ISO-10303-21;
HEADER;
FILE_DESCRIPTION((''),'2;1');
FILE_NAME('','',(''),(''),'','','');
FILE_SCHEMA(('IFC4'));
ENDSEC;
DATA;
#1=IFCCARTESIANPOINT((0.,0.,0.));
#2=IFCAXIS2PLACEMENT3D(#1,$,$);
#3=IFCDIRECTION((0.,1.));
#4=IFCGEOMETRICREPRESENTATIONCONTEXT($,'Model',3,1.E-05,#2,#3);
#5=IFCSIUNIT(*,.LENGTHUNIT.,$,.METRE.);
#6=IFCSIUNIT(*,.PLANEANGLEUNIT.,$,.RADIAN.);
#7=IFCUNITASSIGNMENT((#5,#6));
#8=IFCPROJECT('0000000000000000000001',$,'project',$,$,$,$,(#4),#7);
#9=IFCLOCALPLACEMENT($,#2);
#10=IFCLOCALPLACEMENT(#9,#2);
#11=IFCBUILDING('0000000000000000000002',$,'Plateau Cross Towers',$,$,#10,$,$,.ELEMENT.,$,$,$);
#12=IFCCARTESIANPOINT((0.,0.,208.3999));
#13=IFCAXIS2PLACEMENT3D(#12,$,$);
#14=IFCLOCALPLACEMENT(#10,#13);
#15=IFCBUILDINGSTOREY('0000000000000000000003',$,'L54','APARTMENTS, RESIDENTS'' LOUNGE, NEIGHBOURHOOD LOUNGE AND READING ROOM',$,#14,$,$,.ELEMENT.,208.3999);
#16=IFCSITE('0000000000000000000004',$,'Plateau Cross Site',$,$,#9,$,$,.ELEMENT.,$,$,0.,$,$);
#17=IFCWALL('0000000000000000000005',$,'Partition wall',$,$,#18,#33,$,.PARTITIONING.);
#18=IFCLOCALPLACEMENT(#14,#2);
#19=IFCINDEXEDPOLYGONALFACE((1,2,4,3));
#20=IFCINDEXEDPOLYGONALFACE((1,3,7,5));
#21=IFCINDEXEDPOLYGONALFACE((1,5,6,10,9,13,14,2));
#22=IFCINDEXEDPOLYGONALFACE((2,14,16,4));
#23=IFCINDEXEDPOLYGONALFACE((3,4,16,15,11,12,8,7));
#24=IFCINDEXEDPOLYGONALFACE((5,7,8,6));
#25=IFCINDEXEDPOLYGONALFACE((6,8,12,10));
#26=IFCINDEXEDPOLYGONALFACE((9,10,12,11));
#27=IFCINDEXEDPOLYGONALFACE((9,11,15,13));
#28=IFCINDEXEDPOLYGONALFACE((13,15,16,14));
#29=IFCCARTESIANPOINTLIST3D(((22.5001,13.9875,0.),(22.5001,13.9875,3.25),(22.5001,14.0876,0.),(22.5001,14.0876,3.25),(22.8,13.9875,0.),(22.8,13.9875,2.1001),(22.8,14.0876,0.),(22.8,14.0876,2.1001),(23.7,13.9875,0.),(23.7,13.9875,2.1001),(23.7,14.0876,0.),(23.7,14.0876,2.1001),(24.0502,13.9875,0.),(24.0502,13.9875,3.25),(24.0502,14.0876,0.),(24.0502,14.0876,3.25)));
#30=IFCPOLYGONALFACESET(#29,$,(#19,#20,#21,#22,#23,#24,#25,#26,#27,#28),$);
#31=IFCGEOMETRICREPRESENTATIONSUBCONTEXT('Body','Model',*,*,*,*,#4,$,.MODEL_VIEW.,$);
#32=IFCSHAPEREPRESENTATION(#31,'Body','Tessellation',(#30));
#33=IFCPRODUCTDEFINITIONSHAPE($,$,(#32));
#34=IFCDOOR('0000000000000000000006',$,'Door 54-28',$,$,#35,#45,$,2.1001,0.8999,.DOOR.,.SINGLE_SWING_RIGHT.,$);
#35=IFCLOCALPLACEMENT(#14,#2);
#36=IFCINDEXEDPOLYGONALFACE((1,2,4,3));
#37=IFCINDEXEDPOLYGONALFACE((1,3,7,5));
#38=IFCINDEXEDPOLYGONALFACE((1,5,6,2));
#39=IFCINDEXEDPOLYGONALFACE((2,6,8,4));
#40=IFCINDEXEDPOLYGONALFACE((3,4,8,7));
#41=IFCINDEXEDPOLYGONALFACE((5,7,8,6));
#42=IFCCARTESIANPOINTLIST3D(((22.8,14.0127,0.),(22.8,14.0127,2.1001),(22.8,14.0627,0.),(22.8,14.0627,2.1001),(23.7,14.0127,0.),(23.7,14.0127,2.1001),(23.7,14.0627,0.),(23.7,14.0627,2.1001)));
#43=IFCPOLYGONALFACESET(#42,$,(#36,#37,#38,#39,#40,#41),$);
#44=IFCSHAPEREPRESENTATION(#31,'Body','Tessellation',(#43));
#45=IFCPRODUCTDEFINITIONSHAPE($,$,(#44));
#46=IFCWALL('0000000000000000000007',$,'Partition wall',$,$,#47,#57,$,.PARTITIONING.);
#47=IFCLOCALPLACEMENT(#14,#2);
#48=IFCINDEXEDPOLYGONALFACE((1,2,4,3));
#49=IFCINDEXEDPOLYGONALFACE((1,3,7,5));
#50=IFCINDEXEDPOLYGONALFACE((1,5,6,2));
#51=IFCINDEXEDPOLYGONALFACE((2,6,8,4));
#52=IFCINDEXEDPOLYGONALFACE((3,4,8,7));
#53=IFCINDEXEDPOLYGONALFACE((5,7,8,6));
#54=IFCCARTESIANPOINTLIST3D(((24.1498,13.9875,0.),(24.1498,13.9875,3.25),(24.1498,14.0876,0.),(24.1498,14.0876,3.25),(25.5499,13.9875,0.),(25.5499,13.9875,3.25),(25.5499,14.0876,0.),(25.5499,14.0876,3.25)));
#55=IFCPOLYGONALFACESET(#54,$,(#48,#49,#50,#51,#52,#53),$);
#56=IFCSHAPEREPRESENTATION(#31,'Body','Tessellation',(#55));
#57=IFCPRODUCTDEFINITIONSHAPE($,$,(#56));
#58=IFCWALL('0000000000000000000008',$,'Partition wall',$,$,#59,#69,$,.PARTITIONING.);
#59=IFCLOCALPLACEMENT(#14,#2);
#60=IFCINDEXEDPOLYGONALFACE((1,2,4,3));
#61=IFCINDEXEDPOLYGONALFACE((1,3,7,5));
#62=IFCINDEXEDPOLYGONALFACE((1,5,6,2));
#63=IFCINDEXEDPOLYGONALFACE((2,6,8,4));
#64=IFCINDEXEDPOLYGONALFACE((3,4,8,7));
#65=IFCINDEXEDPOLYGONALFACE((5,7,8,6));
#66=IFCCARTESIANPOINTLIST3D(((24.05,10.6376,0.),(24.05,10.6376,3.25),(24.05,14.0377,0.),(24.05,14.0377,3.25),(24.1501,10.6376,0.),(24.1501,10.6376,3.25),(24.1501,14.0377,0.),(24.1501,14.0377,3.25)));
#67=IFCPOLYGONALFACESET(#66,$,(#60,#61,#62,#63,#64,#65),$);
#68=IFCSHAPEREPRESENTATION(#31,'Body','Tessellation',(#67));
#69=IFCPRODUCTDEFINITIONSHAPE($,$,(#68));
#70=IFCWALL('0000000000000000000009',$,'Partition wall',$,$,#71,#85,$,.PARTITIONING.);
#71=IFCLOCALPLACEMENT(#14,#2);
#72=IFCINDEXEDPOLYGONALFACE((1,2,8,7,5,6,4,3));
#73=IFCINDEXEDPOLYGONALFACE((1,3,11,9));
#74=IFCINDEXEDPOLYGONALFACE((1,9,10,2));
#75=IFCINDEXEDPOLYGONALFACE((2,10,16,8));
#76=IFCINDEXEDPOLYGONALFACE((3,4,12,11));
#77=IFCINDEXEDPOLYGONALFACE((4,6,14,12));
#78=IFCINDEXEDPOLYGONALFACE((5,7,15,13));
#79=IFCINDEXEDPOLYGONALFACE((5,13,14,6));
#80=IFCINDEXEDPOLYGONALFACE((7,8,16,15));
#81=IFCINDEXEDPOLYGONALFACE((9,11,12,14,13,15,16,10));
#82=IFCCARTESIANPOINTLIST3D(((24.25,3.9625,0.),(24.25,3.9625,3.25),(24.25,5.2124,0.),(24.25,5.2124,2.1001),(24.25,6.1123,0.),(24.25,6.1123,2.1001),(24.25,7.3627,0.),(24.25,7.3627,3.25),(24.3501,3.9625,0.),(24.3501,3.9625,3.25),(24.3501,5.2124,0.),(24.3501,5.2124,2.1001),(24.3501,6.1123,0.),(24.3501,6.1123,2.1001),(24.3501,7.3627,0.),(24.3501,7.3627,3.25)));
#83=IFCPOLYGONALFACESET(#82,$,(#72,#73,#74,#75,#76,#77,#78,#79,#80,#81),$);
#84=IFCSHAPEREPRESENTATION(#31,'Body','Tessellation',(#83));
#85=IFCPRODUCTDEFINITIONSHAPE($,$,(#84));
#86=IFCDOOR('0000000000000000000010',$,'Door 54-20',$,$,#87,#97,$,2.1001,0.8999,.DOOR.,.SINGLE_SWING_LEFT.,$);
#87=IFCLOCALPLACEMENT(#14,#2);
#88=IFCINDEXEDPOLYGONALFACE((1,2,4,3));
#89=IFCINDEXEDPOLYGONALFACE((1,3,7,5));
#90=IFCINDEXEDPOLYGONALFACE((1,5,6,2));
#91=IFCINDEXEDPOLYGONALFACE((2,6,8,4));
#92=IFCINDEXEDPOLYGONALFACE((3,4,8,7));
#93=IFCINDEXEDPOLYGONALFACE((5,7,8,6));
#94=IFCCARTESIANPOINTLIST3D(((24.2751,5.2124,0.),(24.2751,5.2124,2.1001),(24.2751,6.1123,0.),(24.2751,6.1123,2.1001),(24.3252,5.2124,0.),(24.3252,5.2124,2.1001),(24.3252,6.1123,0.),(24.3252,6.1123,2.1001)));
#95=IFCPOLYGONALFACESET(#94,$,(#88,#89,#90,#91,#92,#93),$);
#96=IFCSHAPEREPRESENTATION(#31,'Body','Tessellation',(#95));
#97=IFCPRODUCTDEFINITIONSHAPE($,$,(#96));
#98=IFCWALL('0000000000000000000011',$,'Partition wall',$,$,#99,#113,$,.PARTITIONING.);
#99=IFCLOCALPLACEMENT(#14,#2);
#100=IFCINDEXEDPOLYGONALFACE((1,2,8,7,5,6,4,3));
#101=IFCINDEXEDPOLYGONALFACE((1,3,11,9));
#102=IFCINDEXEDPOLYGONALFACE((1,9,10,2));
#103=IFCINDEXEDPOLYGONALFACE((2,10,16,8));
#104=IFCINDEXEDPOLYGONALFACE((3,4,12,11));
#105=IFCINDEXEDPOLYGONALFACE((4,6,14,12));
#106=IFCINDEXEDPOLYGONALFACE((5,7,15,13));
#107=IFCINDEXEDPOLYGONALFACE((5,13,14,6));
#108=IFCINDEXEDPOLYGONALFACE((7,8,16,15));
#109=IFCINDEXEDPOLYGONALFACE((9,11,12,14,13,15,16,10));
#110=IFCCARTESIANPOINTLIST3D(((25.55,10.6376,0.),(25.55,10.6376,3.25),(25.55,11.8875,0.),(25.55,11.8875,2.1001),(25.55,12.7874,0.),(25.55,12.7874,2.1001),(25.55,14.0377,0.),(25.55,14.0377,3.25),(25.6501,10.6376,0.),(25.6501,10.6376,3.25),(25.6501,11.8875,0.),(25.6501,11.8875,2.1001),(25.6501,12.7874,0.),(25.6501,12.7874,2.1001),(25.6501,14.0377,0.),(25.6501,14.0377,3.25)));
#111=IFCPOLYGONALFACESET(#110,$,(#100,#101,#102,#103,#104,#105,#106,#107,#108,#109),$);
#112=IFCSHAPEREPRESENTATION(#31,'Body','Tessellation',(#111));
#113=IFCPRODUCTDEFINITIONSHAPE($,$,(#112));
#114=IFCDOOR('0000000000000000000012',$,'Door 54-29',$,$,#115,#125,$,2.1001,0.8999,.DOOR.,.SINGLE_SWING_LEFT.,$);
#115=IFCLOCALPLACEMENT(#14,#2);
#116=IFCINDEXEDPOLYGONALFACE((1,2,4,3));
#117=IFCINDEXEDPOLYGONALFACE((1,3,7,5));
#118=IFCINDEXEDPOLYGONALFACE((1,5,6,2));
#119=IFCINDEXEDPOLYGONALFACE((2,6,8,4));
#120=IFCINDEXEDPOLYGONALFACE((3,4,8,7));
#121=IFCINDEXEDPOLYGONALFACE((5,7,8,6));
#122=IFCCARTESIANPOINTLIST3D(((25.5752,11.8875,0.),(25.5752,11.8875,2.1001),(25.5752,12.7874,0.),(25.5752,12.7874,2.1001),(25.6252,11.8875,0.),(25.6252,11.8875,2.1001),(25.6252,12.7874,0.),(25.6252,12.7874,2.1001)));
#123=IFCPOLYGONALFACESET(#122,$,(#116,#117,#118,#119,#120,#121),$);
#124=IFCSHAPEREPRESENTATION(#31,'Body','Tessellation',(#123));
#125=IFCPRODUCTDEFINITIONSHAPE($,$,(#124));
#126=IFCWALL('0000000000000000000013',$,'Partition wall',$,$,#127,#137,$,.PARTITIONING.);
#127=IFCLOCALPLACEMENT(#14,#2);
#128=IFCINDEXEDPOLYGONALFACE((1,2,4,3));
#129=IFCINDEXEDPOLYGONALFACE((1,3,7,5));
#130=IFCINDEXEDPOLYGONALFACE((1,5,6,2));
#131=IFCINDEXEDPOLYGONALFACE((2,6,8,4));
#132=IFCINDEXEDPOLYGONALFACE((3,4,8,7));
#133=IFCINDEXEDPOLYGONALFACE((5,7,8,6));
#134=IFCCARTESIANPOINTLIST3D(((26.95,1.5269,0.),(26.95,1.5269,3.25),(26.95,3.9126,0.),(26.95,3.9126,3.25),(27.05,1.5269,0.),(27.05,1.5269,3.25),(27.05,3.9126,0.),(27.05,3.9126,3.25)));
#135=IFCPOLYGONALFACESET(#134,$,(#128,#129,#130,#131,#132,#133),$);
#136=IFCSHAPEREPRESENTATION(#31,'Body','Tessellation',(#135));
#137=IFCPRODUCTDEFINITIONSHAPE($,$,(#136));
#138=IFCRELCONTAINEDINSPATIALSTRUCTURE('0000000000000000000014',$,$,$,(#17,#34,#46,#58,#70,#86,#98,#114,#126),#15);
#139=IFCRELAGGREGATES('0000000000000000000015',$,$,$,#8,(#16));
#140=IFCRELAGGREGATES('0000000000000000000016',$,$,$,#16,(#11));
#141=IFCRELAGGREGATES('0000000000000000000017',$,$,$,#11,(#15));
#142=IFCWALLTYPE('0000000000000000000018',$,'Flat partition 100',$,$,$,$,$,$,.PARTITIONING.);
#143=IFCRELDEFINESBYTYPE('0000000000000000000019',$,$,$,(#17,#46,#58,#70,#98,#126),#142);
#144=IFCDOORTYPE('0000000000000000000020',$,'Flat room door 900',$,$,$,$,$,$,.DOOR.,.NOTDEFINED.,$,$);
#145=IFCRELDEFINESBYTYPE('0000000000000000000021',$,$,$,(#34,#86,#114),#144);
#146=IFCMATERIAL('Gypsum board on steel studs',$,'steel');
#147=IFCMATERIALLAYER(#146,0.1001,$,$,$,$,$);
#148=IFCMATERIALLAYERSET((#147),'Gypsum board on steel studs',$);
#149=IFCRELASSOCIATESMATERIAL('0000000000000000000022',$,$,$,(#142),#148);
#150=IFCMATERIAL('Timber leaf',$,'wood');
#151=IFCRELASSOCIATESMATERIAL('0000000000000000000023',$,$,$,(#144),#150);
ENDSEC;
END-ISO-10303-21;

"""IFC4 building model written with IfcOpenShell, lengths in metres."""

from ifc_helpers import new_model, si_unit, direction, frame, frame_2d, origin, place, context, subcontext, project, spatial, rectangle, extrude, material, layer, layer_set, type_object, element, fill, save


model = new_model("IFC4")

# Units and contexts
model_context = context("Model", 3, precision=1e-05, world=origin(), true_north=direction((0.0, 1.0)))
body_context = subcontext(model_context, "Body", "Model", "MODEL_VIEW")
ifc_project = project(units=[si_unit("LENGTHUNIT", "METRE"), si_unit("PLANEANGLEUNIT", "RADIAN")], contexts=[model_context])

# Site, building, storey
site_placement = place(None, origin())
site = spatial("IfcSite", under=ifc_project, at=site_placement, Name="Plateau Cross Site", CompositionType="ELEMENT", RefElevation=0.0)
building_placement = place(site_placement, origin())
building = spatial("IfcBuilding", under=site, at=building_placement, Name="Plateau Cross Towers", CompositionType="ELEMENT")
storey_placement = place(building_placement, frame((0.0, 0.0, 208.3999)))
storey = spatial("IfcBuildingStorey", under=building, at=storey_placement, Name="L54", Description="APARTMENTS, RESIDENTS' LOUNGE, NEIGHBOURHOOD LOUNGE AND READING ROOM", CompositionType="ELEMENT", Elevation=208.3999)

# Shared definitions
ifc_material_1 = material(Name="Gypsum board on steel studs", Category="steel")
ifc_layer_1 = layer(ifc_material_1, 0.1001)
ifc_layer_set_1 = layer_set([ifc_layer_1], Name="Gypsum board on steel studs")
wall_type_1 = type_object("IfcWallType", Name="Flat partition 100", PredefinedType="PARTITIONING", material=ifc_layer_set_1)

# Wall, opening, door
wall_1_placement = place(storey_placement, frame((24.05, 14.0376, 0.0), z_axis=(0.0, 0.0, 1.0), x_axis=(-1.0, 0.0, 0.0)))
wall_1 = element("IfcWall", 1, at=wall_1_placement, inside=storey, type_object=wall_type_1, Name="Partition wall", PredefinedType="PARTITIONING", context=body_context, shape_type="SweptSolid", body=[
    extrude(rectangle(XDim=1.55, YDim=0.1001, at=frame_2d((0.7749, 0.0))), origin(), (0.0, 0.0, 1.0), 3.25),
])
opening_1_placement = place(wall_1_placement, frame((0.3501, 0.0, 0.0)))
opening_1 = element("IfcOpeningElement", 2, at=opening_1_placement, cuts=wall_1, PredefinedType="OPENING", context=body_context, shape_type="SweptSolid", body=[
    extrude(rectangle(XDim=0.8999, YDim=2.1001, at=frame_2d((0.45, 1.05))), frame((0.0, 0.0601, 0.0), z_axis=(0.0, -1.0, 0.0), x_axis=(1.0, 0.0, 0.0)), (0.0, 0.0, 1.0), 0.1201),
])
ifc_material_2 = material(Name="Timber leaf", Category="wood")
door_type_1 = type_object("IfcDoorType", Name="Flat room door 900", OperationType="NOTDEFINED", PredefinedType="DOOR", material=ifc_material_2)
door_1_placement = place(opening_1_placement, origin())
door_1 = element("IfcDoor", 3, at=door_1_placement, inside=storey, type_object=door_type_1, Name="Door 54-28", OperationType="SINGLE_SWING_RIGHT", OverallHeight=2.1001, OverallWidth=0.8999, PredefinedType="DOOR", context=body_context, shape_type="SweptSolid", body=[
    extrude(rectangle(XDim=0.8999, YDim=2.1001, at=frame_2d((0.45, 1.05))), frame((0.0, 0.0249, 0.0), z_axis=(0.0, -1.0, 0.0), x_axis=(1.0, 0.0, 0.0)), (0.0, 0.0, 1.0), 0.05),
])
fill(opening_1, door_1)

# Walls
wall_2_placement = place(storey_placement, frame((25.55, 14.0376, 0.0), z_axis=(0.0, 0.0, 1.0), x_axis=(-1.0, 0.0, 0.0)))
element("IfcWall", 4, at=wall_2_placement, inside=storey, type_object=wall_type_1, Name="Partition wall", PredefinedType="PARTITIONING", context=body_context, shape_type="SweptSolid", body=[
    extrude(rectangle(XDim=1.4001, YDim=0.1001, at=frame_2d((0.7002, 0.0))), origin(), (0.0, 0.0, 1.0), 3.25),
])
wall_3_placement = place(storey_placement, frame((24.1001, 10.6375, 0.0), z_axis=(0.0, 0.0, 1.0), x_axis=(0.0, 1.0, 0.0)))
element("IfcWall", 5, at=wall_3_placement, inside=storey, type_object=wall_type_1, Name="Partition wall", PredefinedType="PARTITIONING", context=body_context, shape_type="SweptSolid", body=[
    extrude(rectangle(XDim=3.4001, YDim=0.1001, at=frame_2d((1.7002, 0.0))), origin(), (0.0, 0.0, 1.0), 3.25),
])

# Walls, openings, doors
wall_4_placement = place(storey_placement, frame((24.3, 3.9624, 0.0), z_axis=(0.0, 0.0, 1.0), x_axis=(0.0, 1.0, 0.0)))
wall_4 = element("IfcWall", 6, at=wall_4_placement, inside=storey, type_object=wall_type_1, Name="Partition wall", PredefinedType="PARTITIONING", context=body_context, shape_type="SweptSolid", body=[
    extrude(rectangle(XDim=3.4001, YDim=0.1001, at=frame_2d((1.7002, 0.0))), origin(), (0.0, 0.0, 1.0), 3.25),
])
opening_2_placement = place(wall_4_placement, frame((1.25, 0.0, 0.0)))
opening_2 = element("IfcOpeningElement", 7, at=opening_2_placement, cuts=wall_4, PredefinedType="OPENING", context=body_context, shape_type="SweptSolid", body=[
    extrude(rectangle(XDim=0.8999, YDim=2.1001, at=frame_2d((0.45, 1.05))), frame((0.0, 0.0601, 0.0), z_axis=(0.0, -1.0, 0.0), x_axis=(1.0, 0.0, 0.0)), (0.0, 0.0, 1.0), 0.1201),
])
door_2_placement = place(opening_2_placement, origin())
door_2 = element("IfcDoor", 8, at=door_2_placement, inside=storey, type_object=door_type_1, Name="Door 54-20", OperationType="SINGLE_SWING_LEFT", OverallHeight=2.1001, OverallWidth=0.8999, PredefinedType="DOOR", context=body_context, shape_type="SweptSolid", body=[
    extrude(rectangle(XDim=0.8999, YDim=2.1001, at=frame_2d((0.45, 1.05))), frame((0.0, 0.0249, 0.0), z_axis=(0.0, -1.0, 0.0), x_axis=(1.0, 0.0, 0.0)), (0.0, 0.0, 1.0), 0.05),
])
fill(opening_2, door_2)
wall_5_placement = place(storey_placement, frame((25.6001, 10.6375, 0.0), z_axis=(0.0, 0.0, 1.0), x_axis=(0.0, 1.0, 0.0)))
wall_5 = element("IfcWall", 9, at=wall_5_placement, inside=storey, type_object=wall_type_1, Name="Partition wall", PredefinedType="PARTITIONING", context=body_context, shape_type="SweptSolid", body=[
    extrude(rectangle(XDim=3.4001, YDim=0.1001, at=frame_2d((1.7002, 0.0))), origin(), (0.0, 0.0, 1.0), 3.25),
])
opening_3_placement = place(wall_5_placement, frame((1.25, 0.0, 0.0)))
opening_3 = element("IfcOpeningElement", 10, at=opening_3_placement, cuts=wall_5, PredefinedType="OPENING", context=body_context, shape_type="SweptSolid", body=[
    extrude(rectangle(XDim=0.8999, YDim=2.1001, at=frame_2d((0.45, 1.05))), frame((0.0, 0.0601, 0.0), z_axis=(0.0, -1.0, 0.0), x_axis=(1.0, 0.0, 0.0)), (0.0, 0.0, 1.0), 0.1201),
])
door_3_placement = place(opening_3_placement, origin())
door_3 = element("IfcDoor", 11, at=door_3_placement, inside=storey, type_object=door_type_1, Name="Door 54-29", OperationType="SINGLE_SWING_LEFT", OverallHeight=2.1001, OverallWidth=0.8999, PredefinedType="DOOR", context=body_context, shape_type="SweptSolid", body=[
    extrude(rectangle(XDim=0.8999, YDim=2.1001, at=frame_2d((0.45, 1.05))), frame((0.0, 0.0249, 0.0), z_axis=(0.0, -1.0, 0.0), x_axis=(1.0, 0.0, 0.0)), (0.0, 0.0, 1.0), 0.05),
])
fill(opening_3, door_3)

# Wall
wall_6_placement = place(storey_placement, frame((27.0, 1.5269, 0.0), z_axis=(0.0, 0.0, 1.0), x_axis=(0.0, 1.0, 0.0)))
element("IfcWall", 12, at=wall_6_placement, inside=storey, type_object=wall_type_1, Name="Partition wall", PredefinedType="PARTITIONING", context=body_context, shape_type="SweptSolid", body=[
    extrude(rectangle(XDim=2.3857, YDim=0.1001, at=frame_2d((1.1929, 0.0))), origin(), (0.0, 0.0, 1.0), 3.25),
])

save(model, "model.ifc")
